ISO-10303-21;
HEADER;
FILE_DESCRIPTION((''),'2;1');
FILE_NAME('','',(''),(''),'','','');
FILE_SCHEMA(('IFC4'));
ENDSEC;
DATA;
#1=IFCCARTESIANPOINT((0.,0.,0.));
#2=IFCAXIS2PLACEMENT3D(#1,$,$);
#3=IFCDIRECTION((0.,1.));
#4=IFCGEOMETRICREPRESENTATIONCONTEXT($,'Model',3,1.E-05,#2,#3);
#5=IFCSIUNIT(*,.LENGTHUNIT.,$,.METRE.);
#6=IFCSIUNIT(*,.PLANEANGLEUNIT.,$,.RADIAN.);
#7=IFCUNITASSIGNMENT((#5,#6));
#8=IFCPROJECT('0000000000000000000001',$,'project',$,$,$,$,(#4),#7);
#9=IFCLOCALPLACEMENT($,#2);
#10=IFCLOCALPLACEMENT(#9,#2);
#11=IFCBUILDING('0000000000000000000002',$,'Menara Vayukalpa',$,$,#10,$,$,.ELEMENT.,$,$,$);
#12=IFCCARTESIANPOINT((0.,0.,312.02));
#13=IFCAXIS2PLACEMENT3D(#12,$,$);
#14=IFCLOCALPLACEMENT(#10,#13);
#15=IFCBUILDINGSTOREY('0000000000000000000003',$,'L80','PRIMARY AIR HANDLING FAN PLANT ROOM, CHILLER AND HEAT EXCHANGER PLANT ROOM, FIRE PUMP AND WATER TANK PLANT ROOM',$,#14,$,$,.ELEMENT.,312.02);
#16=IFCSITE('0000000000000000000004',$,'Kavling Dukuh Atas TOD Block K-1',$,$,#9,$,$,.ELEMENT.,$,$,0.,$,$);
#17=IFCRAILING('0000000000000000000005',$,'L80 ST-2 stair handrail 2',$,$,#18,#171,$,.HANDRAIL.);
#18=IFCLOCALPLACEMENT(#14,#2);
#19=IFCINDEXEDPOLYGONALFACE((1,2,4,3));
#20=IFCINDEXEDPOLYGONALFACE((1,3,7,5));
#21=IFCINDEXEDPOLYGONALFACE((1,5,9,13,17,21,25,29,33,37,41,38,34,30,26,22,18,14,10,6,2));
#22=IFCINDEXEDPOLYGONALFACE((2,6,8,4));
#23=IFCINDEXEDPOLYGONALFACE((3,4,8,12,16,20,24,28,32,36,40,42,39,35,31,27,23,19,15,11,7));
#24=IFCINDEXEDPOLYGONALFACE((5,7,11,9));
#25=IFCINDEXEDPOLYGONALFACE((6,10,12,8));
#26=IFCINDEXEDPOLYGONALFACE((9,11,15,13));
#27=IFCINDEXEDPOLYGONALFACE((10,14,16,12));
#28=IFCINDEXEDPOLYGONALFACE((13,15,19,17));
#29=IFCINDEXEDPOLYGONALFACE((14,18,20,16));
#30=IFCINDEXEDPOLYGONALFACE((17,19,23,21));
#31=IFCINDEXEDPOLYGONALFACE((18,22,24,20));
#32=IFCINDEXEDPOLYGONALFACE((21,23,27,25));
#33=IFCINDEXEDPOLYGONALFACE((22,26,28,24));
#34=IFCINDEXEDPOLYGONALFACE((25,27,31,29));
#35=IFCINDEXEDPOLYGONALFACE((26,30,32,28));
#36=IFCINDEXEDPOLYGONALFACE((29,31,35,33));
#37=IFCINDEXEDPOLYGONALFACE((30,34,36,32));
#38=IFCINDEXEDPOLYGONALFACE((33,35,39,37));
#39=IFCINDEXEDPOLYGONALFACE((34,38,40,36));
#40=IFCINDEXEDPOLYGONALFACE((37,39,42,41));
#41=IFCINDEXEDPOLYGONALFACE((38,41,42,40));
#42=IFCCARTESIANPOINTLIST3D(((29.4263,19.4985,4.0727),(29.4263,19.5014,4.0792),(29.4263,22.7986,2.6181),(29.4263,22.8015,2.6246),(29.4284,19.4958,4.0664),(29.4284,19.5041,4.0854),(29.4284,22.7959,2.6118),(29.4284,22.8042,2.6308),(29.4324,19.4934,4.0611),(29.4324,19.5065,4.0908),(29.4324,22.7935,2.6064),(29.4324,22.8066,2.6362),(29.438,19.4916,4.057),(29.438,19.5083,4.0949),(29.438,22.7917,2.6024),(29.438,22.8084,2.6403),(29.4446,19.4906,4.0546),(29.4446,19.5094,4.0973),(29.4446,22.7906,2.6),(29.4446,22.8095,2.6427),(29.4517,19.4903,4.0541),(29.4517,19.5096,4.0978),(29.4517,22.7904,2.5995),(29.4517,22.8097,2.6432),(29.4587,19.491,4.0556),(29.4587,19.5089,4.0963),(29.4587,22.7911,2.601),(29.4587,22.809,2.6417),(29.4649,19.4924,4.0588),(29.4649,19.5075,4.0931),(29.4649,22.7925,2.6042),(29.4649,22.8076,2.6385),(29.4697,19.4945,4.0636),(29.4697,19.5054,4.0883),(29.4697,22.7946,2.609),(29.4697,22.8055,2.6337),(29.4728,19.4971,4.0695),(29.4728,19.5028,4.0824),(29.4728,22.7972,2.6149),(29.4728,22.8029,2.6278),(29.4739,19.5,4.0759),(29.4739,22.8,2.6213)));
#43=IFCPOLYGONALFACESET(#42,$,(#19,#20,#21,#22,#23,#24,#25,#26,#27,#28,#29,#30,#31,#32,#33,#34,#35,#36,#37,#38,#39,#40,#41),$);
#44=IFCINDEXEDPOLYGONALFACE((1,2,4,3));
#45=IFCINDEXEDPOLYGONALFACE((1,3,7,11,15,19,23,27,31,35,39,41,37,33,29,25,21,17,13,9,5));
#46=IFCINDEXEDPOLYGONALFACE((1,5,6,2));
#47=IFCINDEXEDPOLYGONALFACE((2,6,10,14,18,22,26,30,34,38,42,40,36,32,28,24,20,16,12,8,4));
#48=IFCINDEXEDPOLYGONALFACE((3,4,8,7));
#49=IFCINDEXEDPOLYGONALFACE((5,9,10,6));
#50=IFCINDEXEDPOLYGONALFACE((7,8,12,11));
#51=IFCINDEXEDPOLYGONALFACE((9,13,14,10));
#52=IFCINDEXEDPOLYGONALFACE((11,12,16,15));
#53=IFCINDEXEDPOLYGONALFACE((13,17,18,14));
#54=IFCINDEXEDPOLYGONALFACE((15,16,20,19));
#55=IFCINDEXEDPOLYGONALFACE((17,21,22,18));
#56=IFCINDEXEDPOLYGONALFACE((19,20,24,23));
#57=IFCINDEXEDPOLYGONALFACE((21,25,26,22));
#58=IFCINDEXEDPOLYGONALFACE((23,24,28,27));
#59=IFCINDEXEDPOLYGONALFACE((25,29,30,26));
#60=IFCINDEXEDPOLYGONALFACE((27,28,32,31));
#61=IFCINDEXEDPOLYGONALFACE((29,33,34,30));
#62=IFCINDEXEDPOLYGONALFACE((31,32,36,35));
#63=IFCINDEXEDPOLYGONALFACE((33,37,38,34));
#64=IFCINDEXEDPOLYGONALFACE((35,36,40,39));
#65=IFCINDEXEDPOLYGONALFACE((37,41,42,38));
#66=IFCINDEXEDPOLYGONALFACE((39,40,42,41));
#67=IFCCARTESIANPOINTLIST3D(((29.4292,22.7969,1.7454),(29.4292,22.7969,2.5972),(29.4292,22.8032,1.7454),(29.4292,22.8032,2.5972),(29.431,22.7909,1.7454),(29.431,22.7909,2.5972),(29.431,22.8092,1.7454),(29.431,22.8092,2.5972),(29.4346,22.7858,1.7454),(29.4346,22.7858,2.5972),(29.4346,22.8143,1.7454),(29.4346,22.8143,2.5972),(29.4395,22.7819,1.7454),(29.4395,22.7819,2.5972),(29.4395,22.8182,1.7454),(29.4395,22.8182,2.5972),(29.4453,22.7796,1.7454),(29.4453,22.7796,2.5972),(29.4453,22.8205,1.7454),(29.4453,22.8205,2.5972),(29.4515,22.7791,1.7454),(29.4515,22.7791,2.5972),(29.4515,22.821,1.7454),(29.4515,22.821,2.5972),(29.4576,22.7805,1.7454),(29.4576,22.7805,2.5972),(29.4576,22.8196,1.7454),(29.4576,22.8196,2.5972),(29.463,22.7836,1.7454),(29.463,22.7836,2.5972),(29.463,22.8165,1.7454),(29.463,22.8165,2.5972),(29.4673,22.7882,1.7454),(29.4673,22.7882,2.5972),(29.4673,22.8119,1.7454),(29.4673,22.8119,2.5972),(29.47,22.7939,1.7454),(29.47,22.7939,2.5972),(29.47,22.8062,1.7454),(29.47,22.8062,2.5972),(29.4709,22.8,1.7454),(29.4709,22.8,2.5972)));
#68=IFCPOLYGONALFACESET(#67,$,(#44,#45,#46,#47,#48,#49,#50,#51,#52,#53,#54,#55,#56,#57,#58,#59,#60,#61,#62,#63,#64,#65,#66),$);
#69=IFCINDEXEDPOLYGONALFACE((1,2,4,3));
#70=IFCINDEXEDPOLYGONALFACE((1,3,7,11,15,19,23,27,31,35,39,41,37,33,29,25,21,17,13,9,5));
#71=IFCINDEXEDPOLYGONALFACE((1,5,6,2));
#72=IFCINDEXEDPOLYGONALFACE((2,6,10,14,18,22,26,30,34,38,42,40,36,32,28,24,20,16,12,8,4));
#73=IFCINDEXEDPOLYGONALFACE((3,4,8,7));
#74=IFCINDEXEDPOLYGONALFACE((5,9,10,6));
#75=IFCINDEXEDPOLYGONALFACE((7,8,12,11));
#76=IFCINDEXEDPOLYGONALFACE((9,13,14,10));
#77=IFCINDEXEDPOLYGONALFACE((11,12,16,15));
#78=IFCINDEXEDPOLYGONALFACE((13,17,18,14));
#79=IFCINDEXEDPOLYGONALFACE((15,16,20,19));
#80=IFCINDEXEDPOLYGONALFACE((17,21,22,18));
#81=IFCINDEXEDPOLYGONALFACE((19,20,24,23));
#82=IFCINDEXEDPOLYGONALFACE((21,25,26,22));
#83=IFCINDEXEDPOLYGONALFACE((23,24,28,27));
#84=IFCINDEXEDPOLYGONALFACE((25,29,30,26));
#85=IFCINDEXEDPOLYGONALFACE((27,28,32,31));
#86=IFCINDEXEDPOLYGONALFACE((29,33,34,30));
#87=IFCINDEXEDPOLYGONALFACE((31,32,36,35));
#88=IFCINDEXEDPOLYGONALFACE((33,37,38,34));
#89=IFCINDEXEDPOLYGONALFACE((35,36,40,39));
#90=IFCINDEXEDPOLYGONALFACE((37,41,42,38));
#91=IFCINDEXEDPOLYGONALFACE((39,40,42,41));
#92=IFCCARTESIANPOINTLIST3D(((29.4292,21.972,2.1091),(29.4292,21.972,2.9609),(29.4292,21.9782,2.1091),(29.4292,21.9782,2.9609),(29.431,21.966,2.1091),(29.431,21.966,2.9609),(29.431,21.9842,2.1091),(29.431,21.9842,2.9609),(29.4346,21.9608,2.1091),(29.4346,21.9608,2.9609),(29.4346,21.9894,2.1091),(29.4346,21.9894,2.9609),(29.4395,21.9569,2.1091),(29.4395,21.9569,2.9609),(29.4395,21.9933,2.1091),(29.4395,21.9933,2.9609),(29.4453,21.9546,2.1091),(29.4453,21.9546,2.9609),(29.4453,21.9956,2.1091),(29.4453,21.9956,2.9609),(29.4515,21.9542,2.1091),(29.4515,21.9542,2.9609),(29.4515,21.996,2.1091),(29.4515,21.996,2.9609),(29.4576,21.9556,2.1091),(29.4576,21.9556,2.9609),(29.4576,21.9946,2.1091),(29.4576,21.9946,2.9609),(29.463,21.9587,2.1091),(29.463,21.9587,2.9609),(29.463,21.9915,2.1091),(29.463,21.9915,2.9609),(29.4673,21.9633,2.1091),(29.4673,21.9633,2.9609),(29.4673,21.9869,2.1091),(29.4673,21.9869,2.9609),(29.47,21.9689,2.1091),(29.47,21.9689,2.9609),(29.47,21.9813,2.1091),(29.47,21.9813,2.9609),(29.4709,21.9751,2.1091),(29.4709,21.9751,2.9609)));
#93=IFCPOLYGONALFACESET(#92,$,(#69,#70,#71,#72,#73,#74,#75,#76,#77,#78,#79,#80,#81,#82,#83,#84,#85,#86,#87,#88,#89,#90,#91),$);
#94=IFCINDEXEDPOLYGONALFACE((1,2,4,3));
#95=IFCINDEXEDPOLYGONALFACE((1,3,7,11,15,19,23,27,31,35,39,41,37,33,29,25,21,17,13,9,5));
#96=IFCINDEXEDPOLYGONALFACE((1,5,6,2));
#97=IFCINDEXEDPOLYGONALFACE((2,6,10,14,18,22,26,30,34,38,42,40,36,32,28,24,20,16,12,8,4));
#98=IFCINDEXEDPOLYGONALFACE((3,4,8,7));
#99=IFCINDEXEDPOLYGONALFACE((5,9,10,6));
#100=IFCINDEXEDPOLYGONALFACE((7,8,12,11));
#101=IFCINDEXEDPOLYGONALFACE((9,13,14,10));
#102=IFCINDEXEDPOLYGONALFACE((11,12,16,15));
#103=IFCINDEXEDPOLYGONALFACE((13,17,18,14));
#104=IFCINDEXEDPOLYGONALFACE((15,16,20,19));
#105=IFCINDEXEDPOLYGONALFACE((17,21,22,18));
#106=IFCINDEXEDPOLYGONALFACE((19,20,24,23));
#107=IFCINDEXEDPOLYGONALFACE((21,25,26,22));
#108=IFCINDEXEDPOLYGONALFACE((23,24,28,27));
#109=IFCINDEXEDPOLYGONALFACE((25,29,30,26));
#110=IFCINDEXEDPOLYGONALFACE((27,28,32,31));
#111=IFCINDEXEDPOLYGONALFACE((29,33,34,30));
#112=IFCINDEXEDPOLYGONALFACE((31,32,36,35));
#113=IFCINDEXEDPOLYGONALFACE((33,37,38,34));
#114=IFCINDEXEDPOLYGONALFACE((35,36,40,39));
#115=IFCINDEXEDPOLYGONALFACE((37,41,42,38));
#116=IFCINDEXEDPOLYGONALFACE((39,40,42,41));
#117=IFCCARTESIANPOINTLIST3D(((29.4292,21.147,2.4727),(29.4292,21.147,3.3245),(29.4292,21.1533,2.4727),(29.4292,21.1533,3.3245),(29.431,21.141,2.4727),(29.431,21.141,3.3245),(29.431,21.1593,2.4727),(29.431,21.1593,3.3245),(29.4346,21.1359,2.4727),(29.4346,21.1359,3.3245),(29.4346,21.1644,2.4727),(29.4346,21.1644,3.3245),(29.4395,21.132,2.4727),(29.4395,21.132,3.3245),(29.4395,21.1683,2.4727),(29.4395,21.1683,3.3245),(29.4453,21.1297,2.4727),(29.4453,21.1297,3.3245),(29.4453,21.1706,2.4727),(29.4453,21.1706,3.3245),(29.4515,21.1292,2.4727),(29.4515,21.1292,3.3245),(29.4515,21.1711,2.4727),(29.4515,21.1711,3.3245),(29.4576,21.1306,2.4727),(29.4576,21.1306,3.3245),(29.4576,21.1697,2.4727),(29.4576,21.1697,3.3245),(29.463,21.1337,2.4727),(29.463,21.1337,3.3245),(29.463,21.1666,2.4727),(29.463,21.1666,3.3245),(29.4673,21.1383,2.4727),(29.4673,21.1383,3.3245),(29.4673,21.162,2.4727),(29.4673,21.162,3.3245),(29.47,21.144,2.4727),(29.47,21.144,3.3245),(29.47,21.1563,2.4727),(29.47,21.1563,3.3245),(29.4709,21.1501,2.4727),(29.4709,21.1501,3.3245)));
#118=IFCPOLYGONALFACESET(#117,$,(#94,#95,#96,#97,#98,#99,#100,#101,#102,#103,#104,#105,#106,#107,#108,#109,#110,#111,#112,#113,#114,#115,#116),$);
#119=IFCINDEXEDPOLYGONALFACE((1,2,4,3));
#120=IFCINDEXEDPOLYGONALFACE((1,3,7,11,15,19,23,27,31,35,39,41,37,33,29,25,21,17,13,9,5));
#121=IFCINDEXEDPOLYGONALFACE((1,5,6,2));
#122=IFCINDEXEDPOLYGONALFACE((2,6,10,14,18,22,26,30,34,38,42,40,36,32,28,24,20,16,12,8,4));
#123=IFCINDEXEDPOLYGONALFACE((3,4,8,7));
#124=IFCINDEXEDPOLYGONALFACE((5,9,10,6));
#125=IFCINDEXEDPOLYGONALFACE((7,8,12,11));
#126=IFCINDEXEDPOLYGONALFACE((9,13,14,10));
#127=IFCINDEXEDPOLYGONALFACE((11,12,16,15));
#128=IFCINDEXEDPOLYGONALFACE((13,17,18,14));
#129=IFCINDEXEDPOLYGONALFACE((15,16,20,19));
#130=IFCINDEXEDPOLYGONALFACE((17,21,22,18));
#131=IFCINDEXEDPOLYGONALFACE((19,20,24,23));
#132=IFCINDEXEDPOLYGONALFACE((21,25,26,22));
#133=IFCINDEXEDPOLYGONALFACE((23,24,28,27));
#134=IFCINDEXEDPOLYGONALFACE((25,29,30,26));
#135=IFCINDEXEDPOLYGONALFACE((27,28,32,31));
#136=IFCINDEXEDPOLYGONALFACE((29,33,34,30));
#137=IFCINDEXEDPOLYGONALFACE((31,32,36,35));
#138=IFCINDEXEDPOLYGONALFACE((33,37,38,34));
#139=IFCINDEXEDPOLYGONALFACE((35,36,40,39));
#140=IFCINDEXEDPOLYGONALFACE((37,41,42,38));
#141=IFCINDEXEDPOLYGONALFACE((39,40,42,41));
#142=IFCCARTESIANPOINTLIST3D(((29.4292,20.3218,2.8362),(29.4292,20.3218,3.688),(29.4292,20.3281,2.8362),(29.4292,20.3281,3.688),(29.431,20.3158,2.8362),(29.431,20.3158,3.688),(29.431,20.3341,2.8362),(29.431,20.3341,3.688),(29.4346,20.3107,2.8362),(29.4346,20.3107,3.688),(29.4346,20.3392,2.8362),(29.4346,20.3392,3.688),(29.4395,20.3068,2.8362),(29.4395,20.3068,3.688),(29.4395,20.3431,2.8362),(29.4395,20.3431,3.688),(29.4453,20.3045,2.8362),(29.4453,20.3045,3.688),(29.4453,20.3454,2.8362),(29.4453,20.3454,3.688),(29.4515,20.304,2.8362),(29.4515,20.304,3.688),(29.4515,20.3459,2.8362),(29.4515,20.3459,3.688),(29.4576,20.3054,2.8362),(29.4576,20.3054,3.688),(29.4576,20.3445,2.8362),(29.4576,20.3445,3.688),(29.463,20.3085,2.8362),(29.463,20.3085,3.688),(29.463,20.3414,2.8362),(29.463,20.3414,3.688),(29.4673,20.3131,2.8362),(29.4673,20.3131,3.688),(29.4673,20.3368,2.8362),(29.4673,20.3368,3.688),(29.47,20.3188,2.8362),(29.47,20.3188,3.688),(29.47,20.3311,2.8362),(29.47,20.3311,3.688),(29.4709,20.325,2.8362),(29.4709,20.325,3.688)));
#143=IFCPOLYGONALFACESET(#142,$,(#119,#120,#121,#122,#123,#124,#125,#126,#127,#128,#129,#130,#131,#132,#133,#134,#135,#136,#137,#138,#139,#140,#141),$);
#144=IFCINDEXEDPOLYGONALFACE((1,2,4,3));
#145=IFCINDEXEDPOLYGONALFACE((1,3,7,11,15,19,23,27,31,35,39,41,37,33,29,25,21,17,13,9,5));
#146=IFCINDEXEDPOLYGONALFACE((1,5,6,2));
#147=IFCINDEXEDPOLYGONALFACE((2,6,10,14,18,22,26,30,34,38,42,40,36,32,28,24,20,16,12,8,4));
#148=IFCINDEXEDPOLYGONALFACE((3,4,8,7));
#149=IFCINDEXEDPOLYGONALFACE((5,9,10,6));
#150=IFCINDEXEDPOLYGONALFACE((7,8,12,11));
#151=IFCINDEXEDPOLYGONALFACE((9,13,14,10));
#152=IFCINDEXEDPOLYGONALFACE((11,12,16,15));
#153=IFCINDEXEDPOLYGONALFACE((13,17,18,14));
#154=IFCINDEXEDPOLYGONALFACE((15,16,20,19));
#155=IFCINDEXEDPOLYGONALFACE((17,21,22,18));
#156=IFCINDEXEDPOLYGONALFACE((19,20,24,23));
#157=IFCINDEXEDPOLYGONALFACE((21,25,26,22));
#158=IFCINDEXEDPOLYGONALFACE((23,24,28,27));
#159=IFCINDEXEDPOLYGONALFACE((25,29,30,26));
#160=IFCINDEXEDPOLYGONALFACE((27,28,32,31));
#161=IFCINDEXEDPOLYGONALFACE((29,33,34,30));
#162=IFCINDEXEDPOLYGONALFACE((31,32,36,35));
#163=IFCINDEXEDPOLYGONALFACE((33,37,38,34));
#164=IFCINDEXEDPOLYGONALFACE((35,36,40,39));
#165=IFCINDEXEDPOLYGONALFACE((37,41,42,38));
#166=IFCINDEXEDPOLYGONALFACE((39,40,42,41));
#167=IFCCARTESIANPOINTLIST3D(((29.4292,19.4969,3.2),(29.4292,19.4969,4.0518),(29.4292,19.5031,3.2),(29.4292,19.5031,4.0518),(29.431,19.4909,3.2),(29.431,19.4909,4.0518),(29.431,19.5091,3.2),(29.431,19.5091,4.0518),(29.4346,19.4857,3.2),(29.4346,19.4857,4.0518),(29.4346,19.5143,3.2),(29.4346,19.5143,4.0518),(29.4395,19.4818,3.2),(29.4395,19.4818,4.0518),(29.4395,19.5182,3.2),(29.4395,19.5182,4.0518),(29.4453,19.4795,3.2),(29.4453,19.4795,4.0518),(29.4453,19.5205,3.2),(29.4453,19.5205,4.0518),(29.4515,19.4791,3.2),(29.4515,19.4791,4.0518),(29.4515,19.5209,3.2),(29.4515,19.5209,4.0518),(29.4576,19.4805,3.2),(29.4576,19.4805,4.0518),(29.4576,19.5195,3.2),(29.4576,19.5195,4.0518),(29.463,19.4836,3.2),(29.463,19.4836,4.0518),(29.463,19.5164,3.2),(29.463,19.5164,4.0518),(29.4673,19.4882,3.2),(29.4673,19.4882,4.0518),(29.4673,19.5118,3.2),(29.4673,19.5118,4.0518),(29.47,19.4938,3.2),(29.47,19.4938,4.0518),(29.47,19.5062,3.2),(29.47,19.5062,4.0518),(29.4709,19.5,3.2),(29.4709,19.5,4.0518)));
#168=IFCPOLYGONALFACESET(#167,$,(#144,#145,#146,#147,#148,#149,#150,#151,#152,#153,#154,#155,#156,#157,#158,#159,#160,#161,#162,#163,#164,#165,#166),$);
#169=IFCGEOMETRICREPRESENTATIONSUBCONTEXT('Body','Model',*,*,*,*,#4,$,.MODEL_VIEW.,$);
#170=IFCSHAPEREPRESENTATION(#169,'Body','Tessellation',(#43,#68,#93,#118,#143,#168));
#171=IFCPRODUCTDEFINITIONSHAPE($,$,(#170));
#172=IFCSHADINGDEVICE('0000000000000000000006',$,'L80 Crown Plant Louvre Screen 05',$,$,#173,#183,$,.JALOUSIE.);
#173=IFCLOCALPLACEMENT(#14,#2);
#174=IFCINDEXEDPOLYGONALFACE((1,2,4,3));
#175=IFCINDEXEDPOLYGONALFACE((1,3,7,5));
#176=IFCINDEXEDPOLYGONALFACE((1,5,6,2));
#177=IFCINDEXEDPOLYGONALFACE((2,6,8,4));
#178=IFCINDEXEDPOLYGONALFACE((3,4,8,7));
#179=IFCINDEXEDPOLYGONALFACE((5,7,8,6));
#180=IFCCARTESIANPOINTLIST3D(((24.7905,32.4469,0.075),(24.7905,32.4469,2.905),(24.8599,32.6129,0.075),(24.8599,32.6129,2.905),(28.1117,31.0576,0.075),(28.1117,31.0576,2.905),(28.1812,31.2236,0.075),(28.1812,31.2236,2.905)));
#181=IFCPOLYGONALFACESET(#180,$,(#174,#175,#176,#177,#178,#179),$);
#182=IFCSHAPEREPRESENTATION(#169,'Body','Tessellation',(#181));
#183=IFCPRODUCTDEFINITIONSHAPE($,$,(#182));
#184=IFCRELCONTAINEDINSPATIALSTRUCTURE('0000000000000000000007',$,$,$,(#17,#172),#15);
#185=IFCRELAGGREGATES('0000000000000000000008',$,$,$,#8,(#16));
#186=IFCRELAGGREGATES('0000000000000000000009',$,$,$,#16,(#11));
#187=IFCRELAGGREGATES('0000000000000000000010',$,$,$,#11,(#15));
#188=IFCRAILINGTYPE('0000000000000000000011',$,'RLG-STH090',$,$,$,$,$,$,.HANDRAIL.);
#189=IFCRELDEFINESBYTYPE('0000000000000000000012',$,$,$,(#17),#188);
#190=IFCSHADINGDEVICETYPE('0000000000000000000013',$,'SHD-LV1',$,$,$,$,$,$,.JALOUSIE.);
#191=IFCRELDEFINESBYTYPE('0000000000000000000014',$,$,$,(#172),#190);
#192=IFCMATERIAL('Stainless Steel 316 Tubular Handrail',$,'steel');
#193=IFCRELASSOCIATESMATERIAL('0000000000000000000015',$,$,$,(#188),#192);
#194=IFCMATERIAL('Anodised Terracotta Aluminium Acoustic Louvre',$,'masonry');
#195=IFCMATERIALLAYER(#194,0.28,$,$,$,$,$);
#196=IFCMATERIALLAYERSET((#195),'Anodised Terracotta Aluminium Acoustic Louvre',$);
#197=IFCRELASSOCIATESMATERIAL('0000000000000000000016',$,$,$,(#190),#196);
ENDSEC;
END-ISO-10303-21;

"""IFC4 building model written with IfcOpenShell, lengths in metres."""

from ifc_helpers import new_model, si_unit, direction, frame, origin, origin_2d, place, context, subcontext, project, spatial, rectangle, circle, extrude, material, layer, layer_set, type_object, element, save


model = new_model("IFC4")

# Units and contexts
model_context = context("Model", 3, precision=1e-05, world=origin(), true_north=direction((0.0, 1.0)))
body_context = subcontext(model_context, "Body", "Model", "MODEL_VIEW")
ifc_project = project(units=[si_unit("LENGTHUNIT", "METRE"), si_unit("PLANEANGLEUNIT", "RADIAN")], contexts=[model_context])

# Site, building, storey
site_placement = place(None, origin())
site = spatial("IfcSite", under=ifc_project, at=site_placement, Name="Kavling Dukuh Atas TOD Block K-1", CompositionType="ELEMENT", RefElevation=0.0)
building_placement = place(site_placement, origin())
building = spatial("IfcBuilding", under=site, at=building_placement, Name="Menara Vayukalpa", CompositionType="ELEMENT")
storey_placement = place(building_placement, frame((0.0, 0.0, 312.02)))
storey = spatial("IfcBuildingStorey", under=building, at=storey_placement, Name="L80", Description="PRIMARY AIR HANDLING FAN PLANT ROOM, CHILLER AND HEAT EXCHANGER PLANT ROOM, FIRE PUMP AND WATER TANK PLANT ROOM", CompositionType="ELEMENT", Elevation=312.02)

# Railing
ifc_material_1 = material(Name="Stainless Steel 316 Tubular Handrail", Category="steel")
railing_type = type_object("IfcRailingType", Name="RLG-STH090", PredefinedType="HANDRAIL", material=ifc_material_1)
railing_placement = place(storey_placement, frame((29.45, 22.8, 1.7454)))
element("IfcRailing", 1, at=railing_placement, inside=storey, type_object=railing_type, Name="L80 ST-2 stair handrail 2", PredefinedType="HANDRAIL", context=body_context, shape_type="SweptSolid", body=[
    extrude(circle(Radius=0.0239, at=origin_2d()), frame((0.0, 0.0, 0.876), z_axis=(0.0, -0.915052, 0.403335), x_axis=(1.0, 0.0, 0.0)), (0.0, 0.0, 1.0), 3.6064),
    extrude(circle(Radius=0.021, at=origin_2d()), origin(), (0.0, 0.0, 1.0), 0.8518),
    extrude(circle(Radius=0.021, at=origin_2d()), frame((0.0, -0.825, 0.3638)), (0.0, 0.0, 1.0), 0.8518),
    extrude(circle(Radius=0.021, at=origin_2d()), frame((0.0, -1.6499, 0.7273)), (0.0, 0.0, 1.0), 0.8518),
    extrude(circle(Radius=0.021, at=origin_2d()), frame((0.0, -2.4751, 1.0908)), (0.0, 0.0, 1.0), 0.8518),
    extrude(circle(Radius=0.021, at=origin_2d()), frame((0.0, -3.3, 1.4546)), (0.0, 0.0, 1.0), 0.8518),
])

# Shading device
ifc_material_2 = material(Name="Anodised Terracotta Aluminium Acoustic Louvre", Category="masonry")
ifc_layer_1 = layer(ifc_material_2, 0.28)
ifc_layer_set_1 = layer_set([ifc_layer_1], Name="Anodised Terracotta Aluminium Acoustic Louvre")
shading_device_type = type_object("IfcShadingDeviceType", Name="SHD-LV1", PredefinedType="JALOUSIE", material=ifc_layer_set_1)
shading_device_placement = place(storey_placement, frame((26.4858, 31.8352, 0.075), z_axis=(0.0, 0.0, 1.0), x_axis=(-0.922538, 0.385906, 0.0)))
element("IfcShadingDevice", 2, at=shading_device_placement, inside=storey, type_object=shading_device_type, Name="L80 Crown Plant Louvre Screen 05", PredefinedType="JALOUSIE", context=body_context, shape_type="SweptSolid", body=[
    extrude(rectangle(XDim=3.6001, YDim=0.1799, at=origin_2d()), origin(), (0.0, 0.0, 1.0), 2.8301),
])

save(model, "model.ifc")
